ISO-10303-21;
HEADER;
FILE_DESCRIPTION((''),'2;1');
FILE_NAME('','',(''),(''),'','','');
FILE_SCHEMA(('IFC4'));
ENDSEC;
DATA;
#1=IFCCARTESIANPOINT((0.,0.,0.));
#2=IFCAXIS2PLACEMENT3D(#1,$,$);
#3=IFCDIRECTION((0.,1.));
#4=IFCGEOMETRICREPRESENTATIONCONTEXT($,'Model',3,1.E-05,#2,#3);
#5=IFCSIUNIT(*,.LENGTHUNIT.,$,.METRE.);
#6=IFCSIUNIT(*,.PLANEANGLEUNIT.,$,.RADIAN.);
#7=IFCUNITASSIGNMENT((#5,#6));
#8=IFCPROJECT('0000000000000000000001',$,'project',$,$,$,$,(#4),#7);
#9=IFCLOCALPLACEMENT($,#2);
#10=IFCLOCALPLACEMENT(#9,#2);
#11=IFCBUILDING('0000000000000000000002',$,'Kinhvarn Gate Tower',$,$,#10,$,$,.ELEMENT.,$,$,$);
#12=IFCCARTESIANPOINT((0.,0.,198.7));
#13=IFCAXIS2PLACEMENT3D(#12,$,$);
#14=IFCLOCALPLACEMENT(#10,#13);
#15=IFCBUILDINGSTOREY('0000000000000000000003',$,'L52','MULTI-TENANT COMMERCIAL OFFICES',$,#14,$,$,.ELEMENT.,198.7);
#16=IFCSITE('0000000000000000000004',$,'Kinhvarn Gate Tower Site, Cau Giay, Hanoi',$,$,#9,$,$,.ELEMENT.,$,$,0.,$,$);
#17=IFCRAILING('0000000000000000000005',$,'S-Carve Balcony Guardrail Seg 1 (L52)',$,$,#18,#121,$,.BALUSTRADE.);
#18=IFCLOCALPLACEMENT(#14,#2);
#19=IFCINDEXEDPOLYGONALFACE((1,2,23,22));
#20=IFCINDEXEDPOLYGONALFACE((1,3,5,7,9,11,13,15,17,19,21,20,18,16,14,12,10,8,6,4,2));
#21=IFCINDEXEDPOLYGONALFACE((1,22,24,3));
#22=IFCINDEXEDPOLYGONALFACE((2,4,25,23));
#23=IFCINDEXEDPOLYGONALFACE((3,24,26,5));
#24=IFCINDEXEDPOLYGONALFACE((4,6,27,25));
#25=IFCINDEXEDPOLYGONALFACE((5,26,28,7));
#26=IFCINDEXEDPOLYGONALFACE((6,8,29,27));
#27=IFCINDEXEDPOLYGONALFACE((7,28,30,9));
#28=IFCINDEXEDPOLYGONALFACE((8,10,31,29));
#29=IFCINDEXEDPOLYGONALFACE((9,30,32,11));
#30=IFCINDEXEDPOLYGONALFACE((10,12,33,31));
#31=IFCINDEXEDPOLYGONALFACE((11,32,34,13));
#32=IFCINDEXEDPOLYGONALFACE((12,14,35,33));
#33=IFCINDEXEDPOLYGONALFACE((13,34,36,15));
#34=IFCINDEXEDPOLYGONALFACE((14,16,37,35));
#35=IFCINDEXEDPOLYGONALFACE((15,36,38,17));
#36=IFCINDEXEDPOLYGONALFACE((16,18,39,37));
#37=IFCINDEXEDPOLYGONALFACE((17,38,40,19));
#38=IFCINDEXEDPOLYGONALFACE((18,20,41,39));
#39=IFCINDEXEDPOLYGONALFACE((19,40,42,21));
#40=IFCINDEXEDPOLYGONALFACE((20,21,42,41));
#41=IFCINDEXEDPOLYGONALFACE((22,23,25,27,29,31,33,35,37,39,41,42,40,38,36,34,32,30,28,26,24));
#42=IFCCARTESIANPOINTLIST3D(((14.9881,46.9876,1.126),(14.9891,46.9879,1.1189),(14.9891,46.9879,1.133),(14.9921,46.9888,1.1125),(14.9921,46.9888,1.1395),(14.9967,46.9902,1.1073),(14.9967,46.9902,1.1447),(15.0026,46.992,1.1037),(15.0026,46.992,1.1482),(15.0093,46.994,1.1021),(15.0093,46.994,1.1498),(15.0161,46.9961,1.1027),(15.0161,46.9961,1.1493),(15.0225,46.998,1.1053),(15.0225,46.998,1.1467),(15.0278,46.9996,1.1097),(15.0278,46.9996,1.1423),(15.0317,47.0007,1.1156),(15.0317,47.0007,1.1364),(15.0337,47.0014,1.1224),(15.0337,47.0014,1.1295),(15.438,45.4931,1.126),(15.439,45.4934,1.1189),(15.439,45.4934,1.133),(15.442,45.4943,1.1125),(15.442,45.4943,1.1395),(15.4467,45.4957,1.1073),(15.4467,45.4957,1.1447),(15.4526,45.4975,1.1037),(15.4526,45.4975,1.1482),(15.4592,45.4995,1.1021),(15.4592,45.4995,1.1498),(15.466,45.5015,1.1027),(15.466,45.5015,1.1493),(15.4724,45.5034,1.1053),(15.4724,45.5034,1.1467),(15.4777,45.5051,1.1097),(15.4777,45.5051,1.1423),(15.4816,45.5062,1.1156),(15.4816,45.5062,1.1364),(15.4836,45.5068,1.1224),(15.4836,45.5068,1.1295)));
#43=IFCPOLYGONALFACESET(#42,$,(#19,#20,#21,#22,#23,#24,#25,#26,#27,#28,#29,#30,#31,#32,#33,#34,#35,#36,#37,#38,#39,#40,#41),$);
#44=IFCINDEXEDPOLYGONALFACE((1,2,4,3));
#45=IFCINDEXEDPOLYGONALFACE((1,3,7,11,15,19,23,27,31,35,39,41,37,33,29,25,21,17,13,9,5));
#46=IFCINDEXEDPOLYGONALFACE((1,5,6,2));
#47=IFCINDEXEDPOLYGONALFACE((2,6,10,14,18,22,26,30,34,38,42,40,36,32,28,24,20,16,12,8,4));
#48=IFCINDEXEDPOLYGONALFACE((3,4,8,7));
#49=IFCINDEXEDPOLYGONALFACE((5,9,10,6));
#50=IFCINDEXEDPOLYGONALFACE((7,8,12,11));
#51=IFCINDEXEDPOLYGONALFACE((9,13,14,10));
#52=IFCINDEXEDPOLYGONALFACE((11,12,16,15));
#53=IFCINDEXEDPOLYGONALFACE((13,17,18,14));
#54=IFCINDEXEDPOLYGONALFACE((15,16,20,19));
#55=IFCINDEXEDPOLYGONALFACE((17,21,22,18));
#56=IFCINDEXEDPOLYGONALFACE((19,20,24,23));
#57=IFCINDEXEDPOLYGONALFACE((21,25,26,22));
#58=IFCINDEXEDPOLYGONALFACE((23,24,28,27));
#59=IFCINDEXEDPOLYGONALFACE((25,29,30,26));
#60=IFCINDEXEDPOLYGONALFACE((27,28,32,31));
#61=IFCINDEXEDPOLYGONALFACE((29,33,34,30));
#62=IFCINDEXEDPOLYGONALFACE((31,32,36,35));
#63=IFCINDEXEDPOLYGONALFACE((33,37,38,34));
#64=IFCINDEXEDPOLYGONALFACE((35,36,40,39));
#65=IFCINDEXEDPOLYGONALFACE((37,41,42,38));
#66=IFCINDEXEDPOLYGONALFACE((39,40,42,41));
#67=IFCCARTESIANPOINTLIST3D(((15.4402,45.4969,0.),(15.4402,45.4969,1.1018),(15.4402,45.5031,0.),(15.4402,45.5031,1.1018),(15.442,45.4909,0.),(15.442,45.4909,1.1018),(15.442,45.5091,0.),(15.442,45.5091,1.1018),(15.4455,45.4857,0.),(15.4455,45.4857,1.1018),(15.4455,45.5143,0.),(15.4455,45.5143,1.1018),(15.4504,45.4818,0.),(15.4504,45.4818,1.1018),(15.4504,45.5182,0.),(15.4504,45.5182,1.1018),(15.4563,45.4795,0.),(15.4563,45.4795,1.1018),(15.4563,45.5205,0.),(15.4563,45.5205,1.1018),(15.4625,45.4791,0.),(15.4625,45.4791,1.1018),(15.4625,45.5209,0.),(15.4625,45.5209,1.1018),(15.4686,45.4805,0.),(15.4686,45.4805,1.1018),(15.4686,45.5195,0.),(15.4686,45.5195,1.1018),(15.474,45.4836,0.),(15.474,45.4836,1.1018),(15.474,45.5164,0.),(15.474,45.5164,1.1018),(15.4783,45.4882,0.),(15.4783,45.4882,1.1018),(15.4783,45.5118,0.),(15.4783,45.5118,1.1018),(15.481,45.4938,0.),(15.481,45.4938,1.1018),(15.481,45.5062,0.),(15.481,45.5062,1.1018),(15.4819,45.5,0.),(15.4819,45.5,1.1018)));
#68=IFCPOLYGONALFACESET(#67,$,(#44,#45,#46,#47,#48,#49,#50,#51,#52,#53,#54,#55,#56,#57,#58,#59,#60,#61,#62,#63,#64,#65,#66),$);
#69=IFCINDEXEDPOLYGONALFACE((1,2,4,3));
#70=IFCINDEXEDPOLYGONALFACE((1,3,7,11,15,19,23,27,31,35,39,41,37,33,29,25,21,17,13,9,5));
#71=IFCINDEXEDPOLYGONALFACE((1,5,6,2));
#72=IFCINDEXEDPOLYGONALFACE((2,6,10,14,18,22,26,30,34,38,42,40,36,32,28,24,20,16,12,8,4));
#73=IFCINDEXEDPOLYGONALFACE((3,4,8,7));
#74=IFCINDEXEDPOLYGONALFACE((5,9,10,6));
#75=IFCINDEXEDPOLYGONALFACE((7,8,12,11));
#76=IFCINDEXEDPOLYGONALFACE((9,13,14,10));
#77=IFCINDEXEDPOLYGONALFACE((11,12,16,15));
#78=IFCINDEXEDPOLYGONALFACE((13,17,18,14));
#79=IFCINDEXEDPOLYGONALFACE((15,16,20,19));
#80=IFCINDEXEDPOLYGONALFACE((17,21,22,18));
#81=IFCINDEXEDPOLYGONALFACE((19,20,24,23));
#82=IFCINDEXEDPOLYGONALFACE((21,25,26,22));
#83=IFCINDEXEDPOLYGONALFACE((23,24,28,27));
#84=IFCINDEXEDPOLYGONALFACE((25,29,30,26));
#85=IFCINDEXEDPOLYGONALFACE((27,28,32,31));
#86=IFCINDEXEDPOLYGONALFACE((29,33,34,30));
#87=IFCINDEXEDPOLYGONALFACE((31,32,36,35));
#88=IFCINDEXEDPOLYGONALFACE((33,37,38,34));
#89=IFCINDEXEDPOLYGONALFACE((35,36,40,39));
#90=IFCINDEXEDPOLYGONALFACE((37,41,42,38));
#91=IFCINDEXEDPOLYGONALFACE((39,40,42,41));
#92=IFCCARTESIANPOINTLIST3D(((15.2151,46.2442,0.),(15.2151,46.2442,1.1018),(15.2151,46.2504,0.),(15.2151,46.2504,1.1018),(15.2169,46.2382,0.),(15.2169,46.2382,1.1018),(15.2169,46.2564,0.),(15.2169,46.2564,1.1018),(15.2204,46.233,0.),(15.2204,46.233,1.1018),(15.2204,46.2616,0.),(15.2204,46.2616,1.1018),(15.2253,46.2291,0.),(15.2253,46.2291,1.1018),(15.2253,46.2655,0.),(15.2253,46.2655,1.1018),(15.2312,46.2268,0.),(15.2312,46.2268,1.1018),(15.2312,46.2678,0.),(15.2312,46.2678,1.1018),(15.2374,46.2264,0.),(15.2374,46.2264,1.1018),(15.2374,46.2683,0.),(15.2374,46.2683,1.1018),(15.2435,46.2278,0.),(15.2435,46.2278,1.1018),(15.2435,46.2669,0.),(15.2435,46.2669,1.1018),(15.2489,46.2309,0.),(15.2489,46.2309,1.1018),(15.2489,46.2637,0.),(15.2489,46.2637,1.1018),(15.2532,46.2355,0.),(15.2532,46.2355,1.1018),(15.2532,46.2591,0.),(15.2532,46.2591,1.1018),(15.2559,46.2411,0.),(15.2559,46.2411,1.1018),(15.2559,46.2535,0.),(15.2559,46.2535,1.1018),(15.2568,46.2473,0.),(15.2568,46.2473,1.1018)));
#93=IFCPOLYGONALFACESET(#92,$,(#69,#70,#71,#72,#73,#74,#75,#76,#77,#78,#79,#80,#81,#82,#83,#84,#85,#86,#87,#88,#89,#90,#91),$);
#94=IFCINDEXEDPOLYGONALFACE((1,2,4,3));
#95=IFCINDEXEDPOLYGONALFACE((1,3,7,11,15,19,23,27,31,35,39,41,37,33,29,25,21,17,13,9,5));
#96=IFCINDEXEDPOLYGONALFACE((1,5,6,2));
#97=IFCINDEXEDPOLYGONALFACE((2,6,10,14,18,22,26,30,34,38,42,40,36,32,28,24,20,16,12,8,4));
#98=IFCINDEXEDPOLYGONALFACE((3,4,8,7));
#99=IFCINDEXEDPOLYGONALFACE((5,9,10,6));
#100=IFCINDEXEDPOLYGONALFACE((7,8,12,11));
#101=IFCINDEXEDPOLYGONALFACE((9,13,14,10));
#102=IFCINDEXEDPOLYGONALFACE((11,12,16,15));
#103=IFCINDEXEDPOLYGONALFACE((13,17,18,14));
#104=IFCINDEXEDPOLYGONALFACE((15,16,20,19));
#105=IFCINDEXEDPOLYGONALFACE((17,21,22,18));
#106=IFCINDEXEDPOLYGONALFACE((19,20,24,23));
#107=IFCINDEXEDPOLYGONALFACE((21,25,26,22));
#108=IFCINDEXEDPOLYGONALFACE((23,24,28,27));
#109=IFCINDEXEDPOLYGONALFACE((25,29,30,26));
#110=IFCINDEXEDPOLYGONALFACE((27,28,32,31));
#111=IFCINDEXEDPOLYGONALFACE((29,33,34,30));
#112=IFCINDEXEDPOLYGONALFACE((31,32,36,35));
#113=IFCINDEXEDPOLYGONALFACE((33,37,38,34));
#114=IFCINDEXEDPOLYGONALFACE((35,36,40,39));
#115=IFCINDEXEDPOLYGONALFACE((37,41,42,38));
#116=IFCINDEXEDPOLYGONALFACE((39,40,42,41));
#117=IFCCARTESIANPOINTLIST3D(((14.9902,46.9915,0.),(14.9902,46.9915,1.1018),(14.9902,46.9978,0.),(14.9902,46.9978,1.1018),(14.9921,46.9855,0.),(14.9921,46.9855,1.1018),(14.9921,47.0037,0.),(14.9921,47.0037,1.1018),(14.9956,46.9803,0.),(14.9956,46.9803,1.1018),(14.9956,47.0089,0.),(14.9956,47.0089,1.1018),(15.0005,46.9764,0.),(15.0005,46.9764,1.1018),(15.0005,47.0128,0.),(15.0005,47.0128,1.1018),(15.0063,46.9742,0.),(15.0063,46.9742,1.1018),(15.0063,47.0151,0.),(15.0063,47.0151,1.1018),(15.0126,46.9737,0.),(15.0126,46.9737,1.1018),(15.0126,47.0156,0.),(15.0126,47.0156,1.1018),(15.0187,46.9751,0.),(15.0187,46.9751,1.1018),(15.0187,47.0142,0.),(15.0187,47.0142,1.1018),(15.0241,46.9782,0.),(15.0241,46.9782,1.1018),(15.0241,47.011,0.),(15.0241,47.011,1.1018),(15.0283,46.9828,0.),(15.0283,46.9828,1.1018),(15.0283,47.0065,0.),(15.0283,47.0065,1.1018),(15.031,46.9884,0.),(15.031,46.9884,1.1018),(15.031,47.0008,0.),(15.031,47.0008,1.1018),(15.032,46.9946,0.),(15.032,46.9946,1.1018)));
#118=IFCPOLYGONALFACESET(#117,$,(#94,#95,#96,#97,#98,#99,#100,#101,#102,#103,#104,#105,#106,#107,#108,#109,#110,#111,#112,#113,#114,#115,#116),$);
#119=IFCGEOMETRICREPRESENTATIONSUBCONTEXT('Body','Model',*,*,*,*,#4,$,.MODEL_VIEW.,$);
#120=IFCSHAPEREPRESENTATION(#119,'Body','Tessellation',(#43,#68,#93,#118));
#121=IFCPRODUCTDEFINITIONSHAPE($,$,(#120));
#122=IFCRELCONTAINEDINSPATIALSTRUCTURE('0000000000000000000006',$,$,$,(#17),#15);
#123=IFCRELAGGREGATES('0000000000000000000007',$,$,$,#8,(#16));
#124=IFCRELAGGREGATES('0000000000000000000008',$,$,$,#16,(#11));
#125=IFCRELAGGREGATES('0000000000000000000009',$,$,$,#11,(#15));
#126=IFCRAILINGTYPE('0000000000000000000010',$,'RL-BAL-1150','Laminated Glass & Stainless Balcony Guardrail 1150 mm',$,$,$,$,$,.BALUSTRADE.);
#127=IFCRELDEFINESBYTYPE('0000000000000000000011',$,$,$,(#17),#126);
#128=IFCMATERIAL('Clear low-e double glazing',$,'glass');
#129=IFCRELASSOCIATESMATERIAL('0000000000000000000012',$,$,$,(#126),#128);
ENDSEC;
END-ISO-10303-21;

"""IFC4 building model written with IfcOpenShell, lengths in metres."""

from ifc_helpers import new_model, si_unit, direction, frame, origin, origin_2d, place, context, subcontext, project, spatial, circle, extrude, material, type_object, element, save


model = new_model("IFC4")

# Units and contexts
model_context = context("Model", 3, precision=1e-05, world=origin(), true_north=direction((0.0, 1.0)))
body_context = subcontext(model_context, "Body", "Model", "MODEL_VIEW")
ifc_project = project(units=[si_unit("LENGTHUNIT", "METRE"), si_unit("PLANEANGLEUNIT", "RADIAN")], contexts=[model_context])

# Site, building, storey
site_placement = place(None, origin())
site = spatial("IfcSite", under=ifc_project, at=site_placement, Name="Kinhvarn Gate Tower Site, Cau Giay, Hanoi", CompositionType="ELEMENT", RefElevation=0.0)
building_placement = place(site_placement, origin())
building = spatial("IfcBuilding", under=site, at=building_placement, Name="Kinhvarn Gate Tower", CompositionType="ELEMENT")
storey_placement = place(building_placement, frame((0.0, 0.0, 198.7)))
storey = spatial("IfcBuildingStorey", under=building, at=storey_placement, Name="L52", Description="MULTI-TENANT COMMERCIAL OFFICES", CompositionType="ELEMENT", Elevation=198.7)

# Shared definitions
ifc_material_1 = material(Name="Clear low-e double glazing", Category="glass")

# Railing
railing_type_1 = type_object("IfcRailingType", Name="RL-BAL-1150", Description="Laminated Glass & Stainless Balcony Guardrail 1150 mm", PredefinedType="BALUSTRADE", material=ifc_material_1)
railing_1_placement = place(storey_placement, frame((15.4609, 45.5, 0.0)))
element("IfcRailing", 1, at=railing_1_placement, inside=storey, type_object=railing_type_1, Name="S-Carve Balcony Guardrail Seg 1 (L52)", PredefinedType="BALUSTRADE", context=body_context, shape_type="SweptSolid", body=[
    extrude(circle(Radius=0.0239, at=origin_2d()), frame((0.0, 0.0, 1.126), z_axis=(-0.288266, 0.95755, 0.0), x_axis=(-0.95755, -0.288266, 0.0)), (0.0, 0.0, 1.0), 1.5608),
    extrude(circle(Radius=0.021, at=origin_2d()), origin(), (0.0, 0.0, 1.0), 1.1018),
    extrude(circle(Radius=0.021, at=origin_2d()), frame((-0.2251, 0.7473, 0.0)), (0.0, 0.0, 1.0), 1.1018),
    extrude(circle(Radius=0.021, at=origin_2d()), frame((-0.45, 1.4946, 0.0)), (0.0, 0.0, 1.0), 1.1018),
])

save(model, "model.ifc")
